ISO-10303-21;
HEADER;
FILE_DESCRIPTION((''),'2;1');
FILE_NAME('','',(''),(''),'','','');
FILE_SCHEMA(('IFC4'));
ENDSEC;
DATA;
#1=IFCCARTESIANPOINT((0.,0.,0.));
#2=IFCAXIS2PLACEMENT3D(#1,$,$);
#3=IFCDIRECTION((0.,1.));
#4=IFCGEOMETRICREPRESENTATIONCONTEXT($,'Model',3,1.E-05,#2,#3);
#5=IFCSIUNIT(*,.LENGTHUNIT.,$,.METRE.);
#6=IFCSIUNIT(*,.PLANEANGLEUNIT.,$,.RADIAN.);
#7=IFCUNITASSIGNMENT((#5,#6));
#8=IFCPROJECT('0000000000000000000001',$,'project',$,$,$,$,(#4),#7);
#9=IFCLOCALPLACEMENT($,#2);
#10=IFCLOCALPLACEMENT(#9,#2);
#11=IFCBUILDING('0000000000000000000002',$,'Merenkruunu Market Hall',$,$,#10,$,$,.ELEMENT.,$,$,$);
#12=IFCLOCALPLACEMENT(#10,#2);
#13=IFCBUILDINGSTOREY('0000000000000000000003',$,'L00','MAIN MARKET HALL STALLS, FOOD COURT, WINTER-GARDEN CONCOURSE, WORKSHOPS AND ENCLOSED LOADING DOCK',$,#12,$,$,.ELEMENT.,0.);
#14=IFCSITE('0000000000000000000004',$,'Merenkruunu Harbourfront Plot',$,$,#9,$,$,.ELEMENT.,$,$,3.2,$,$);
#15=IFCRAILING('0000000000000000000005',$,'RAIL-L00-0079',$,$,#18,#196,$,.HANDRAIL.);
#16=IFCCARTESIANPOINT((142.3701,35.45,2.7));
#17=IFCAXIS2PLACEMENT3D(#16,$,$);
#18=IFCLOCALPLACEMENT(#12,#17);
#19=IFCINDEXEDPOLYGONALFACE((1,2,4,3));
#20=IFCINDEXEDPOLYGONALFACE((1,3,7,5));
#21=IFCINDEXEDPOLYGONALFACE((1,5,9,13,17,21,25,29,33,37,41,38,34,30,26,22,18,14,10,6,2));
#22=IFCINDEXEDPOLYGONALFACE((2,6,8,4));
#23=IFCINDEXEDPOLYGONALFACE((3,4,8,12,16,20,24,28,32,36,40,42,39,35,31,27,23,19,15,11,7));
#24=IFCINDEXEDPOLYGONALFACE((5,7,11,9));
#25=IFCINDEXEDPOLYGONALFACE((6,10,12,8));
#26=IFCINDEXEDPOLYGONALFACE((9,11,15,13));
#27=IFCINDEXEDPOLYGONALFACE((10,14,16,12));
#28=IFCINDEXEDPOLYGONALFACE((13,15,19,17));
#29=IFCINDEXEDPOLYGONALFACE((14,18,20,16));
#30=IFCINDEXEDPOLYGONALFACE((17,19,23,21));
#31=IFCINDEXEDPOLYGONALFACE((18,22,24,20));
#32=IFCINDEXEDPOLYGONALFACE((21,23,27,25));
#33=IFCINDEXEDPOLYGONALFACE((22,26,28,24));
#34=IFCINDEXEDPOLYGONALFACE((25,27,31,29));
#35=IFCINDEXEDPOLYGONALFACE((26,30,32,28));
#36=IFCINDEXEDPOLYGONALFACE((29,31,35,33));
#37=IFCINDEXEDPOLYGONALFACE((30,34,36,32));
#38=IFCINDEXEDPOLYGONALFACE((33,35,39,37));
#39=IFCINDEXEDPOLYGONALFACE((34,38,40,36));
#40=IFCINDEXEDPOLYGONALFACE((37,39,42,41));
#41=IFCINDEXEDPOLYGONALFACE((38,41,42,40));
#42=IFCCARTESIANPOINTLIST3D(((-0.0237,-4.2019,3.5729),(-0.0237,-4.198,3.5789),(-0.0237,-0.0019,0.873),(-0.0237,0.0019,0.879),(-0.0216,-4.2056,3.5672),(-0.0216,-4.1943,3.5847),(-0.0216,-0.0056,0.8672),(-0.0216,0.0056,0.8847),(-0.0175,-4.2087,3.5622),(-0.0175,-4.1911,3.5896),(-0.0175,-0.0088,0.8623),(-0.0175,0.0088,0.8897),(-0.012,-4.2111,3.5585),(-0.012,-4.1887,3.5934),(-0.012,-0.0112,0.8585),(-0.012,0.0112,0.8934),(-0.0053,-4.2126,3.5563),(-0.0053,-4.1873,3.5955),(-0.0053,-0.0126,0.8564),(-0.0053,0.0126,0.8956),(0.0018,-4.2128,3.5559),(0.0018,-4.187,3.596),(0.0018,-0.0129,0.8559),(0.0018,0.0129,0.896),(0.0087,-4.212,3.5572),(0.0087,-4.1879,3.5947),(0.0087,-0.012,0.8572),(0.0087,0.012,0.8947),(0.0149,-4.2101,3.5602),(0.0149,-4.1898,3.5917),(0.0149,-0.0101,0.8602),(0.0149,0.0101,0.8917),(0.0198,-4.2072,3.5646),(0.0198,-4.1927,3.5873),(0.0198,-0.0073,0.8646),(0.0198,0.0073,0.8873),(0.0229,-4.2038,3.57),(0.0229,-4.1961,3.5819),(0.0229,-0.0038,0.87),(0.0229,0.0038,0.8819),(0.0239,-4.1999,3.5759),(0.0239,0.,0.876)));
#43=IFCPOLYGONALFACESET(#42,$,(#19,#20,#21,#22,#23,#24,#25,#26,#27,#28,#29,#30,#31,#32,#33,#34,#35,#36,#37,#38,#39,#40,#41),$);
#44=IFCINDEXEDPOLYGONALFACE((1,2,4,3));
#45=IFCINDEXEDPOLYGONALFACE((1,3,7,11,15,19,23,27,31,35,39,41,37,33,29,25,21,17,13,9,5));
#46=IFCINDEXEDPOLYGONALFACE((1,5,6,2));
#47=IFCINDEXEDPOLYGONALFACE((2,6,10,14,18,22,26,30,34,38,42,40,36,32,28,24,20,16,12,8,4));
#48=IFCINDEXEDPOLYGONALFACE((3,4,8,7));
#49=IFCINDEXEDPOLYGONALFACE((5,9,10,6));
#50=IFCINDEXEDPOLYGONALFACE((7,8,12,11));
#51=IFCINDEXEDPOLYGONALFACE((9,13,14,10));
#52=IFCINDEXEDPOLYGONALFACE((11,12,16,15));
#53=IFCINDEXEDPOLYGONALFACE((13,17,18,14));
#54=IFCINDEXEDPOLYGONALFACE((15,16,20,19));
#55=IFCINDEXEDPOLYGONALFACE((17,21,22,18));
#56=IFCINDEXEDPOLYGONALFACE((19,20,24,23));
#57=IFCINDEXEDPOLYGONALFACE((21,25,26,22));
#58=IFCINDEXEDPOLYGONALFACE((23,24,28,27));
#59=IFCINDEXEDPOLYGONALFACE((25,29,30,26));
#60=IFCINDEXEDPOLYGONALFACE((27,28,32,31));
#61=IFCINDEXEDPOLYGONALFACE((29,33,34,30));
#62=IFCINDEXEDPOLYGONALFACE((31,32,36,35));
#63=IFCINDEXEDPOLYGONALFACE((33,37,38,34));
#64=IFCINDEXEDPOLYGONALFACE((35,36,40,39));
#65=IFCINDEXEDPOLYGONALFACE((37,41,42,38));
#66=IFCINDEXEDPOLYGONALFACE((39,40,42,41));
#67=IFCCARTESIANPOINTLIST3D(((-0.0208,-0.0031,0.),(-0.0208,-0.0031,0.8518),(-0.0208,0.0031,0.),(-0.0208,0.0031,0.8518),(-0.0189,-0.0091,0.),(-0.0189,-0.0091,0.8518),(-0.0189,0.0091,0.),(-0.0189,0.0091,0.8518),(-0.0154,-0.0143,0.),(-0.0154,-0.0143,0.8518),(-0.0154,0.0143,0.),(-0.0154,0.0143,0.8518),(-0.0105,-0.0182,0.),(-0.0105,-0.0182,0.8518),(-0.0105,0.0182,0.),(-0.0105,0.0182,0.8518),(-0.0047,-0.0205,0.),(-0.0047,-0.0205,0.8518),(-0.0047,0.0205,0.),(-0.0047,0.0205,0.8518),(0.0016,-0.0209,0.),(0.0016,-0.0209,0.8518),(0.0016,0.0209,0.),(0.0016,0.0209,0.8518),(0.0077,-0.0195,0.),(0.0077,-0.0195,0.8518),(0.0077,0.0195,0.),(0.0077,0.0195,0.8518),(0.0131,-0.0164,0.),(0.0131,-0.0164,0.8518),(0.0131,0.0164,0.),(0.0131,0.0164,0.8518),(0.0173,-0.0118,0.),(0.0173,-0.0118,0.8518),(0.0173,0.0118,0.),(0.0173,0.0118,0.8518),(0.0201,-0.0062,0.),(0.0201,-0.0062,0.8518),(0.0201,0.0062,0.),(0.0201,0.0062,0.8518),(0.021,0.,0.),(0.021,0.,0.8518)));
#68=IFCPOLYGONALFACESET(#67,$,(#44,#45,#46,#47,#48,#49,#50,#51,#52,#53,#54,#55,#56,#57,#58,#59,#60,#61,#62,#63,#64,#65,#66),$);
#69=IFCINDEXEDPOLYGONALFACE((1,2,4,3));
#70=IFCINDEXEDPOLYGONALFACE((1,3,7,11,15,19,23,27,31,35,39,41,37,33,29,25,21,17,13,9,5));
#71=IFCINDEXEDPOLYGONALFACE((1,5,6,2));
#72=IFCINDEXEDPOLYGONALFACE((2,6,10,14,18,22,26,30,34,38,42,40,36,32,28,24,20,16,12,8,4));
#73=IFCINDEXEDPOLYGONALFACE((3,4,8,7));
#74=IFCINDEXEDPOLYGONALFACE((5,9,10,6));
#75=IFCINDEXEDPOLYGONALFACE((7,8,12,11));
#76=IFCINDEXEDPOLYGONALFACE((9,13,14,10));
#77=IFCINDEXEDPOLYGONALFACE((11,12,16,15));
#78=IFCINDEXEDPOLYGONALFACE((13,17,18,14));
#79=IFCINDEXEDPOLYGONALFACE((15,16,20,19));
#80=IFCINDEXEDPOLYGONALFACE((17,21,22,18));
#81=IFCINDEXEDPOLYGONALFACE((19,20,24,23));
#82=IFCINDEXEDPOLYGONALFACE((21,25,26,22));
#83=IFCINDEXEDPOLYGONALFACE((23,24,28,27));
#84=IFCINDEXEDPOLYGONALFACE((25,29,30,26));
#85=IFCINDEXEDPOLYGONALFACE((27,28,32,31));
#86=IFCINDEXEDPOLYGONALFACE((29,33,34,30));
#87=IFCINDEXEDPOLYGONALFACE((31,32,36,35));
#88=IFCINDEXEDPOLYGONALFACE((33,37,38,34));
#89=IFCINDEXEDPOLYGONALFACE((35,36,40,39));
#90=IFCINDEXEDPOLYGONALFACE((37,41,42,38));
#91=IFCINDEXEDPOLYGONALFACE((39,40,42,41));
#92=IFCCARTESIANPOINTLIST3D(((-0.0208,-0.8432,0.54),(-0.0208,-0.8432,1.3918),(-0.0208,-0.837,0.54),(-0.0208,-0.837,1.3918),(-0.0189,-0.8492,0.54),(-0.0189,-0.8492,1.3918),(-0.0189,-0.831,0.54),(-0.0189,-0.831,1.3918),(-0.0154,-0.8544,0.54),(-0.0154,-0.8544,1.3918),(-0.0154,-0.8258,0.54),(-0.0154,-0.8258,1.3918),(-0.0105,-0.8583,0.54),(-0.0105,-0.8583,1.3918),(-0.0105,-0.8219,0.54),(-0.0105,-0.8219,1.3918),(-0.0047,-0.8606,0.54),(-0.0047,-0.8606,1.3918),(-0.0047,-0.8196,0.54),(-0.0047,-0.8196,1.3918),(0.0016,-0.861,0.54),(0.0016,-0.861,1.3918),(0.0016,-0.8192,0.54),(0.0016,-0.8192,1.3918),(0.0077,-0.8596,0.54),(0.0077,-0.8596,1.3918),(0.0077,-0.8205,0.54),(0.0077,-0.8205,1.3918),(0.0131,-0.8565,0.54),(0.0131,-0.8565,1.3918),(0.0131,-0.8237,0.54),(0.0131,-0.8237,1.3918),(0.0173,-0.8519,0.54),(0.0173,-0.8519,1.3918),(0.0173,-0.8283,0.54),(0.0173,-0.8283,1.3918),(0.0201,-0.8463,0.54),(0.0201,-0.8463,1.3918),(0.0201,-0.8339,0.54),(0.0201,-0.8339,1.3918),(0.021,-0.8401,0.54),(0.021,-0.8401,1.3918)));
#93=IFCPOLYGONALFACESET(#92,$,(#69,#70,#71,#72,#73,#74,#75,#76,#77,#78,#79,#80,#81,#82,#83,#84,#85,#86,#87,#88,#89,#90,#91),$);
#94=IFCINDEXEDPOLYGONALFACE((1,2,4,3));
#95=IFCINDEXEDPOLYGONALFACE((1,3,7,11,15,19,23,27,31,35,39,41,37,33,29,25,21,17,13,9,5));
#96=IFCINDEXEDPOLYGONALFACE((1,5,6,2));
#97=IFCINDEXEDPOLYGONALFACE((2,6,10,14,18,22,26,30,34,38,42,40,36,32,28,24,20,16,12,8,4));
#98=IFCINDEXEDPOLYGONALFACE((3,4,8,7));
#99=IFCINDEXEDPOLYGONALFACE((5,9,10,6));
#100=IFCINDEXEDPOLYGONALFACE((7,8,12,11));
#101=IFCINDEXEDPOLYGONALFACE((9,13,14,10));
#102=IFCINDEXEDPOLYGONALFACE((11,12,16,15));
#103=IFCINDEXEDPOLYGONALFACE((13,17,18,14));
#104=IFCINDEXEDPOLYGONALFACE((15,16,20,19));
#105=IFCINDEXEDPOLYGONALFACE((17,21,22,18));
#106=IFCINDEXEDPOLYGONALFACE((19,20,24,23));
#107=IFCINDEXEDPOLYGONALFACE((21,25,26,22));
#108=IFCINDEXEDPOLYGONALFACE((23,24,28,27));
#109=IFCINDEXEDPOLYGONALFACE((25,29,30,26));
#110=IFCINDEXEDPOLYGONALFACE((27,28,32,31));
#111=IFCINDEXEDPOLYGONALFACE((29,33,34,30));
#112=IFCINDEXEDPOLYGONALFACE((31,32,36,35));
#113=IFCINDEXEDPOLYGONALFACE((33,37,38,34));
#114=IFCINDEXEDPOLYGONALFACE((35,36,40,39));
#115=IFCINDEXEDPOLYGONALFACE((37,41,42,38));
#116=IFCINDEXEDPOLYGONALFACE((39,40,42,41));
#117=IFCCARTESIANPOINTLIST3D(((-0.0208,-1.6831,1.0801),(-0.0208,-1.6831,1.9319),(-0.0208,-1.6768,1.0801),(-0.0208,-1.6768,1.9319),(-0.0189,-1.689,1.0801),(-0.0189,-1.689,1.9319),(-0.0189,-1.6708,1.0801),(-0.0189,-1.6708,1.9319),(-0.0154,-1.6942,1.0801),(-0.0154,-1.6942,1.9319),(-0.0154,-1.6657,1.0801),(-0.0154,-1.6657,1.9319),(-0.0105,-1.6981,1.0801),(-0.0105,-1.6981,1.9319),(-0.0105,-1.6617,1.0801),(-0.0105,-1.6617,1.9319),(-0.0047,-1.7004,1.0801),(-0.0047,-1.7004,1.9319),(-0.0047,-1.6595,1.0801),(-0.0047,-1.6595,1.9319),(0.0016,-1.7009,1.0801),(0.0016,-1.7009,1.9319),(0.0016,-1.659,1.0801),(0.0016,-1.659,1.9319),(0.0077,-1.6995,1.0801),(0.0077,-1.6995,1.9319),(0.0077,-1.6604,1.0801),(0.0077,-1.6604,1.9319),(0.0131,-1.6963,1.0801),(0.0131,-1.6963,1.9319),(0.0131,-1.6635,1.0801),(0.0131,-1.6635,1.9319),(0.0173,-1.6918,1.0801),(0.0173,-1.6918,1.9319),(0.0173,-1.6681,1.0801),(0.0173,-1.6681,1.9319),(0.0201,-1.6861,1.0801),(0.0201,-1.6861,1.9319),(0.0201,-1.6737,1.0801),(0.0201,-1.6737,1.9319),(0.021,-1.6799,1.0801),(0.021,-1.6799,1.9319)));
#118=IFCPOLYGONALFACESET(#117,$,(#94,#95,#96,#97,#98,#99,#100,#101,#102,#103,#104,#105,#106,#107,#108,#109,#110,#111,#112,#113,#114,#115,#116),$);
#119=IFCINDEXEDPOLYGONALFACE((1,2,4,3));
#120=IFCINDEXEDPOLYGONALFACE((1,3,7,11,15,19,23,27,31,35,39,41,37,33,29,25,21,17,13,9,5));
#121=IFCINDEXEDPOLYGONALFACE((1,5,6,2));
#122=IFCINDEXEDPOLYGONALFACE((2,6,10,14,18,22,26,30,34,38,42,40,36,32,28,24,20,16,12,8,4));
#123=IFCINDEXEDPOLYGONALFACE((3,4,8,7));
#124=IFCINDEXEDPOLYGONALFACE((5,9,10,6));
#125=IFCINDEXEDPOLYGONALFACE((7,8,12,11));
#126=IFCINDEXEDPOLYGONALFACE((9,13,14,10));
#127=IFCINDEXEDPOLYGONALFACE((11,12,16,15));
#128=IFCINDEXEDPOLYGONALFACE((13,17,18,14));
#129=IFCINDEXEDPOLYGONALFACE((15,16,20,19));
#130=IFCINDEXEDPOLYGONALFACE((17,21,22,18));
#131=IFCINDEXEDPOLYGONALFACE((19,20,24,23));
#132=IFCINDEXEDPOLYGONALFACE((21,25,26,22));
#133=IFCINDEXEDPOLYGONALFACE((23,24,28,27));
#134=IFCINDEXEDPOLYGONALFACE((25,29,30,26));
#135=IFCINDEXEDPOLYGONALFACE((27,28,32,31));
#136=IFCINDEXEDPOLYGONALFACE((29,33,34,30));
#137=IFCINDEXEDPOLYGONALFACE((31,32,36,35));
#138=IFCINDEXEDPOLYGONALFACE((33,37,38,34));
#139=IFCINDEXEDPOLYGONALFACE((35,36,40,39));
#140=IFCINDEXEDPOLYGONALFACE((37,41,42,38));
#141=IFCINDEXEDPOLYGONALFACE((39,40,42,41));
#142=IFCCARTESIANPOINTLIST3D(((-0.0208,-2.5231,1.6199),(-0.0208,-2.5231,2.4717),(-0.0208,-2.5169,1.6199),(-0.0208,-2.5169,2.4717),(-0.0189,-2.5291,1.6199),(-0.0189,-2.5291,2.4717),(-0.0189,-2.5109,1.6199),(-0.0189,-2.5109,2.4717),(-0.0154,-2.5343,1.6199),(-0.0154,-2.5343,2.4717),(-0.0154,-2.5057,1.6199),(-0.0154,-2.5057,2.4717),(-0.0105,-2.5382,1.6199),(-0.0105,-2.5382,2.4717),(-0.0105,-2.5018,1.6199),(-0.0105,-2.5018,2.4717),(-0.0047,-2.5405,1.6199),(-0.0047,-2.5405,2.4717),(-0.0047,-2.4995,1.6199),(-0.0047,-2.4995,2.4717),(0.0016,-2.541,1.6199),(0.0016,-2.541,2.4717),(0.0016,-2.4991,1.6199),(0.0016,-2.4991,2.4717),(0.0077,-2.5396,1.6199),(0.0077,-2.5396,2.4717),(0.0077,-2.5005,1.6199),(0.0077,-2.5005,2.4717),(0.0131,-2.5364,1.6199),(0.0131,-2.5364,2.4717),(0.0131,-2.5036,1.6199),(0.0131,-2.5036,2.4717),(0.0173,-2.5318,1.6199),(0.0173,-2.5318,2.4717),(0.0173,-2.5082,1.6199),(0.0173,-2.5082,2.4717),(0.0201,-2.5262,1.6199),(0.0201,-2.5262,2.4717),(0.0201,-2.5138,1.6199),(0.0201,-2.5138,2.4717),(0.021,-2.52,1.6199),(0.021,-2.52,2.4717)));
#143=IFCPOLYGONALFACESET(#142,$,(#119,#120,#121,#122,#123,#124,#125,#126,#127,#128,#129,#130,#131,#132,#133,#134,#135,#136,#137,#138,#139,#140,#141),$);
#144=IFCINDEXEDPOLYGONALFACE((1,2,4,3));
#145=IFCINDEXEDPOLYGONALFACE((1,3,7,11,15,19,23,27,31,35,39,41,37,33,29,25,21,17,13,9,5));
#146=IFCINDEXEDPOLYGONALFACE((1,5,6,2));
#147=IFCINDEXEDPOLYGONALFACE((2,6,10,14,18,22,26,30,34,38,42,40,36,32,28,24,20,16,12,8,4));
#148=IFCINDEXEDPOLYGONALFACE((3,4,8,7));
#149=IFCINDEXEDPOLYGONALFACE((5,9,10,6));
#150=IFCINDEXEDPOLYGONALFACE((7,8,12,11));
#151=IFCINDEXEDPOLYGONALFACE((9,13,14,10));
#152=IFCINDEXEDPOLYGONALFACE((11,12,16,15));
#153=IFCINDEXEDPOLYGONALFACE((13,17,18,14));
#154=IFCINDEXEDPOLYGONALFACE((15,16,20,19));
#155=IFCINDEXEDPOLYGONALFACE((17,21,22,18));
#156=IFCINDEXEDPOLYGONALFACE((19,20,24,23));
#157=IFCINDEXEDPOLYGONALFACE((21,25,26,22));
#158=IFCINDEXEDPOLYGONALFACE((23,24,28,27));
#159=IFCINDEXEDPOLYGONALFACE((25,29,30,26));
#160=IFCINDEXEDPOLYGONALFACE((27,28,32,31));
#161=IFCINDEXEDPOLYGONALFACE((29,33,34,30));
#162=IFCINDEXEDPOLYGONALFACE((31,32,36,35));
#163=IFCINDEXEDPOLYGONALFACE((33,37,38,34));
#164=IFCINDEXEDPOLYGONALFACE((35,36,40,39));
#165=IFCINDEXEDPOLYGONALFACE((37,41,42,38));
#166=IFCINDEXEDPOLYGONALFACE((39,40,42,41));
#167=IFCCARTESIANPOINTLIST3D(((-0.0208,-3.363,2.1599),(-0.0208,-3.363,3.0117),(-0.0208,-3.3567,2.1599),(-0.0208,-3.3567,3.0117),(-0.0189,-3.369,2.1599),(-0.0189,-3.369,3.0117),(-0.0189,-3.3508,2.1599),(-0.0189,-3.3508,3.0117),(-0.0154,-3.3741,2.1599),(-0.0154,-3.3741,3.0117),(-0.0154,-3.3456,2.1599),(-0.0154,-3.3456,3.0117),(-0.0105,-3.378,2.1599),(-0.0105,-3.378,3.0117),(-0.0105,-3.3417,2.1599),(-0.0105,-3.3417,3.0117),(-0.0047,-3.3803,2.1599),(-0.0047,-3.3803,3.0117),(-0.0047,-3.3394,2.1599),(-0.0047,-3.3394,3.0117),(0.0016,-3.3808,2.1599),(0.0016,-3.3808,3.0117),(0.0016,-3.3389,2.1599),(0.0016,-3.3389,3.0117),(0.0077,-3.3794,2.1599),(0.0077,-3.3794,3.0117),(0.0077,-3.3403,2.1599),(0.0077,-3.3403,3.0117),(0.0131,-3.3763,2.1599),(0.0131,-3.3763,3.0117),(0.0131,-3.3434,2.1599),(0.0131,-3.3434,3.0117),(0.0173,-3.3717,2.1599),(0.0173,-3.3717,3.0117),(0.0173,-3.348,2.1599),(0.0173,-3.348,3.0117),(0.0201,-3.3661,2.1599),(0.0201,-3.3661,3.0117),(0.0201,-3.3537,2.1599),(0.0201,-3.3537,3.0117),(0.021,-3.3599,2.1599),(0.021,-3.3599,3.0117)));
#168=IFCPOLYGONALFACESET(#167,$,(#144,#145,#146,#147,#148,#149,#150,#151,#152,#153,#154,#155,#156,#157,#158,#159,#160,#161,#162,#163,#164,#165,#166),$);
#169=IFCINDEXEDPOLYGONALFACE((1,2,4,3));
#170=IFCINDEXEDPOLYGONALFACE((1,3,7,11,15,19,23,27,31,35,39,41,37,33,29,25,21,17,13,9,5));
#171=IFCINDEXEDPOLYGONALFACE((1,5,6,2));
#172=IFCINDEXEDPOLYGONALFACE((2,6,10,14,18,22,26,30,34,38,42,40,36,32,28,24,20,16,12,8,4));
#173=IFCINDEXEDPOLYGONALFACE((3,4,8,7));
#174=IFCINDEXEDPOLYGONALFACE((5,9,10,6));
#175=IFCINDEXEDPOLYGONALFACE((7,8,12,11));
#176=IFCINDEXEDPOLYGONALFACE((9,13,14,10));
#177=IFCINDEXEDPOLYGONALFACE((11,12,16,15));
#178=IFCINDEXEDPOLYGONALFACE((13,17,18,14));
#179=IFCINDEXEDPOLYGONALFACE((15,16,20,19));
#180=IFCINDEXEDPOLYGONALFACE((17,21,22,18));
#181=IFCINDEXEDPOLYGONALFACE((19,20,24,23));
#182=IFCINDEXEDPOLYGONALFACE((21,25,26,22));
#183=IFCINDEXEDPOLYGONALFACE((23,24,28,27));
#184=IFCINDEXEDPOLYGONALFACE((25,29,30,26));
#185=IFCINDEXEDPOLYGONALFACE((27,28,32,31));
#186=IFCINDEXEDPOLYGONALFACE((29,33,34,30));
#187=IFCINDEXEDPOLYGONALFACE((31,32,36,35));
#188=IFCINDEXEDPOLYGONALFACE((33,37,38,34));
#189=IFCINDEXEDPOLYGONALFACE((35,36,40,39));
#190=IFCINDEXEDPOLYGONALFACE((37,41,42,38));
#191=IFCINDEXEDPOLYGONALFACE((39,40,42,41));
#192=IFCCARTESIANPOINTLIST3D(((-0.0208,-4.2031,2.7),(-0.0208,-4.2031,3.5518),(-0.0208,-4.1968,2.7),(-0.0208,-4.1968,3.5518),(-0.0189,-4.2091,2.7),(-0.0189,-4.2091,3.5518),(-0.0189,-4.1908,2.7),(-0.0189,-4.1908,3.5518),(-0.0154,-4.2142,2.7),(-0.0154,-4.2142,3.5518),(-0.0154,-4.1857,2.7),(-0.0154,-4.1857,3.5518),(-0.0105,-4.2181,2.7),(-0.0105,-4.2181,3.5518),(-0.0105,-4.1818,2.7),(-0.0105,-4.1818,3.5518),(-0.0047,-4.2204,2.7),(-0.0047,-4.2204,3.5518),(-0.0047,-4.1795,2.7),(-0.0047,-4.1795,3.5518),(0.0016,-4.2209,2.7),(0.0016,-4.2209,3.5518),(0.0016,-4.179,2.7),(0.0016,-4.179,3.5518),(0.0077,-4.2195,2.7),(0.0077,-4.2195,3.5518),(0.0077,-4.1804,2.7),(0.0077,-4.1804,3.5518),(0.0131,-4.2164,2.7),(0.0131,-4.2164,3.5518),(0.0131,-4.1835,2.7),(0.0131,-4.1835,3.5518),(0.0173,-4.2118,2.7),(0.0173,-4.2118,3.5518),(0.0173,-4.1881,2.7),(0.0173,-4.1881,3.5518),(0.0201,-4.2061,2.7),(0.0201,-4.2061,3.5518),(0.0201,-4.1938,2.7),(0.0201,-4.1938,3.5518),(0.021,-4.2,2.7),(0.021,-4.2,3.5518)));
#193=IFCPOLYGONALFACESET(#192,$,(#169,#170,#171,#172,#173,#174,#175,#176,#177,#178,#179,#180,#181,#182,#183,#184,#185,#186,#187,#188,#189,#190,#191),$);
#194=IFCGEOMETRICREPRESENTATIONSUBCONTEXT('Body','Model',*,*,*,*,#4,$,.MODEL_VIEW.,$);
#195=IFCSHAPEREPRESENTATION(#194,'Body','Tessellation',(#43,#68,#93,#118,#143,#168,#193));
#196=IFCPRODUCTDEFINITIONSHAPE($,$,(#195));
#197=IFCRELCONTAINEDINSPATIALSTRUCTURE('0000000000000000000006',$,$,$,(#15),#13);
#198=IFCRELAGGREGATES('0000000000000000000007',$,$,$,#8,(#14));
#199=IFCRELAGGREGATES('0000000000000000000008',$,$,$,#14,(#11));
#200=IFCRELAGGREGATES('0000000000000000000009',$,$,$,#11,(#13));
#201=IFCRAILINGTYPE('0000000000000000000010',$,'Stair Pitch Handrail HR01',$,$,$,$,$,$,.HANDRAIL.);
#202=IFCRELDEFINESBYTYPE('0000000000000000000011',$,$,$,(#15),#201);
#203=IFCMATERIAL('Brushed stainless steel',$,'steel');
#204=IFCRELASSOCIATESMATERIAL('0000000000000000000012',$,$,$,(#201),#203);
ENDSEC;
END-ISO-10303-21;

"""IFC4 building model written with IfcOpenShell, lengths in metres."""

from ifc_helpers import new_model, si_unit, direction, frame, origin, origin_2d, place, context, subcontext, project, spatial, circle, extrude, material, type_object, element, save


model = new_model("IFC4")

# Units and contexts
model_context = context("Model", 3, precision=1e-05, world=origin(), true_north=direction((0.0, 1.0)))
body_context = subcontext(model_context, "Body", "Model", "MODEL_VIEW")
ifc_project = project(units=[si_unit("LENGTHUNIT", "METRE"), si_unit("PLANEANGLEUNIT", "RADIAN")], contexts=[model_context])

# Site, building, storey
site_placement = place(None, origin())
site = spatial("IfcSite", under=ifc_project, at=site_placement, Name="Merenkruunu Harbourfront Plot", CompositionType="ELEMENT", RefElevation=3.2)
building_placement = place(site_placement, origin())
building = spatial("IfcBuilding", under=site, at=building_placement, Name="Merenkruunu Market Hall", CompositionType="ELEMENT")
storey_placement = place(building_placement, origin())
storey = spatial("IfcBuildingStorey", under=building, at=storey_placement, Name="L00", Description="MAIN MARKET HALL STALLS, FOOD COURT, WINTER-GARDEN CONCOURSE, WORKSHOPS AND ENCLOSED LOADING DOCK", CompositionType="ELEMENT", Elevation=0.0)

# Railing
ifc_material_1 = material(Name="Brushed stainless steel", Category="steel")
railing_type_1 = type_object("IfcRailingType", Name="Stair Pitch Handrail HR01", PredefinedType="HANDRAIL", material=ifc_material_1)
railing_1_placement = place(storey_placement, frame((142.3701, 35.45, 2.7)))
element("IfcRailing", 1, at=railing_1_placement, inside=storey, type_object=railing_type_1, Name="RAIL-L00-0079", PredefinedType="HANDRAIL", context=body_context, shape_type="SweptSolid", body=[
    extrude(circle(Radius=0.0239, at=origin_2d()), frame((0.0, 0.0, 0.876), z_axis=(0.0, -0.84118, 0.540755), x_axis=(1.0, 0.0, 0.0)), (0.0, 0.0, 1.0), 4.9929),
    extrude(circle(Radius=0.021, at=origin_2d()), origin(), (0.0, 0.0, 1.0), 0.8518),
    extrude(circle(Radius=0.021, at=origin_2d()), frame((0.0, -0.8401, 0.54)), (0.0, 0.0, 1.0), 0.8518),
    extrude(circle(Radius=0.021, at=origin_2d()), frame((0.0, -1.6799, 1.0801)), (0.0, 0.0, 1.0), 0.8518),
    extrude(circle(Radius=0.021, at=origin_2d()), frame((0.0, -2.52, 1.6199)), (0.0, 0.0, 1.0), 0.8518),
    extrude(circle(Radius=0.021, at=origin_2d()), frame((0.0, -3.3599, 2.1599)), (0.0, 0.0, 1.0), 0.8518),
    extrude(circle(Radius=0.021, at=origin_2d()), frame((0.0, -4.2, 2.7)), (0.0, 0.0, 1.0), 0.8518),
])

save(model, "model.ifc")
